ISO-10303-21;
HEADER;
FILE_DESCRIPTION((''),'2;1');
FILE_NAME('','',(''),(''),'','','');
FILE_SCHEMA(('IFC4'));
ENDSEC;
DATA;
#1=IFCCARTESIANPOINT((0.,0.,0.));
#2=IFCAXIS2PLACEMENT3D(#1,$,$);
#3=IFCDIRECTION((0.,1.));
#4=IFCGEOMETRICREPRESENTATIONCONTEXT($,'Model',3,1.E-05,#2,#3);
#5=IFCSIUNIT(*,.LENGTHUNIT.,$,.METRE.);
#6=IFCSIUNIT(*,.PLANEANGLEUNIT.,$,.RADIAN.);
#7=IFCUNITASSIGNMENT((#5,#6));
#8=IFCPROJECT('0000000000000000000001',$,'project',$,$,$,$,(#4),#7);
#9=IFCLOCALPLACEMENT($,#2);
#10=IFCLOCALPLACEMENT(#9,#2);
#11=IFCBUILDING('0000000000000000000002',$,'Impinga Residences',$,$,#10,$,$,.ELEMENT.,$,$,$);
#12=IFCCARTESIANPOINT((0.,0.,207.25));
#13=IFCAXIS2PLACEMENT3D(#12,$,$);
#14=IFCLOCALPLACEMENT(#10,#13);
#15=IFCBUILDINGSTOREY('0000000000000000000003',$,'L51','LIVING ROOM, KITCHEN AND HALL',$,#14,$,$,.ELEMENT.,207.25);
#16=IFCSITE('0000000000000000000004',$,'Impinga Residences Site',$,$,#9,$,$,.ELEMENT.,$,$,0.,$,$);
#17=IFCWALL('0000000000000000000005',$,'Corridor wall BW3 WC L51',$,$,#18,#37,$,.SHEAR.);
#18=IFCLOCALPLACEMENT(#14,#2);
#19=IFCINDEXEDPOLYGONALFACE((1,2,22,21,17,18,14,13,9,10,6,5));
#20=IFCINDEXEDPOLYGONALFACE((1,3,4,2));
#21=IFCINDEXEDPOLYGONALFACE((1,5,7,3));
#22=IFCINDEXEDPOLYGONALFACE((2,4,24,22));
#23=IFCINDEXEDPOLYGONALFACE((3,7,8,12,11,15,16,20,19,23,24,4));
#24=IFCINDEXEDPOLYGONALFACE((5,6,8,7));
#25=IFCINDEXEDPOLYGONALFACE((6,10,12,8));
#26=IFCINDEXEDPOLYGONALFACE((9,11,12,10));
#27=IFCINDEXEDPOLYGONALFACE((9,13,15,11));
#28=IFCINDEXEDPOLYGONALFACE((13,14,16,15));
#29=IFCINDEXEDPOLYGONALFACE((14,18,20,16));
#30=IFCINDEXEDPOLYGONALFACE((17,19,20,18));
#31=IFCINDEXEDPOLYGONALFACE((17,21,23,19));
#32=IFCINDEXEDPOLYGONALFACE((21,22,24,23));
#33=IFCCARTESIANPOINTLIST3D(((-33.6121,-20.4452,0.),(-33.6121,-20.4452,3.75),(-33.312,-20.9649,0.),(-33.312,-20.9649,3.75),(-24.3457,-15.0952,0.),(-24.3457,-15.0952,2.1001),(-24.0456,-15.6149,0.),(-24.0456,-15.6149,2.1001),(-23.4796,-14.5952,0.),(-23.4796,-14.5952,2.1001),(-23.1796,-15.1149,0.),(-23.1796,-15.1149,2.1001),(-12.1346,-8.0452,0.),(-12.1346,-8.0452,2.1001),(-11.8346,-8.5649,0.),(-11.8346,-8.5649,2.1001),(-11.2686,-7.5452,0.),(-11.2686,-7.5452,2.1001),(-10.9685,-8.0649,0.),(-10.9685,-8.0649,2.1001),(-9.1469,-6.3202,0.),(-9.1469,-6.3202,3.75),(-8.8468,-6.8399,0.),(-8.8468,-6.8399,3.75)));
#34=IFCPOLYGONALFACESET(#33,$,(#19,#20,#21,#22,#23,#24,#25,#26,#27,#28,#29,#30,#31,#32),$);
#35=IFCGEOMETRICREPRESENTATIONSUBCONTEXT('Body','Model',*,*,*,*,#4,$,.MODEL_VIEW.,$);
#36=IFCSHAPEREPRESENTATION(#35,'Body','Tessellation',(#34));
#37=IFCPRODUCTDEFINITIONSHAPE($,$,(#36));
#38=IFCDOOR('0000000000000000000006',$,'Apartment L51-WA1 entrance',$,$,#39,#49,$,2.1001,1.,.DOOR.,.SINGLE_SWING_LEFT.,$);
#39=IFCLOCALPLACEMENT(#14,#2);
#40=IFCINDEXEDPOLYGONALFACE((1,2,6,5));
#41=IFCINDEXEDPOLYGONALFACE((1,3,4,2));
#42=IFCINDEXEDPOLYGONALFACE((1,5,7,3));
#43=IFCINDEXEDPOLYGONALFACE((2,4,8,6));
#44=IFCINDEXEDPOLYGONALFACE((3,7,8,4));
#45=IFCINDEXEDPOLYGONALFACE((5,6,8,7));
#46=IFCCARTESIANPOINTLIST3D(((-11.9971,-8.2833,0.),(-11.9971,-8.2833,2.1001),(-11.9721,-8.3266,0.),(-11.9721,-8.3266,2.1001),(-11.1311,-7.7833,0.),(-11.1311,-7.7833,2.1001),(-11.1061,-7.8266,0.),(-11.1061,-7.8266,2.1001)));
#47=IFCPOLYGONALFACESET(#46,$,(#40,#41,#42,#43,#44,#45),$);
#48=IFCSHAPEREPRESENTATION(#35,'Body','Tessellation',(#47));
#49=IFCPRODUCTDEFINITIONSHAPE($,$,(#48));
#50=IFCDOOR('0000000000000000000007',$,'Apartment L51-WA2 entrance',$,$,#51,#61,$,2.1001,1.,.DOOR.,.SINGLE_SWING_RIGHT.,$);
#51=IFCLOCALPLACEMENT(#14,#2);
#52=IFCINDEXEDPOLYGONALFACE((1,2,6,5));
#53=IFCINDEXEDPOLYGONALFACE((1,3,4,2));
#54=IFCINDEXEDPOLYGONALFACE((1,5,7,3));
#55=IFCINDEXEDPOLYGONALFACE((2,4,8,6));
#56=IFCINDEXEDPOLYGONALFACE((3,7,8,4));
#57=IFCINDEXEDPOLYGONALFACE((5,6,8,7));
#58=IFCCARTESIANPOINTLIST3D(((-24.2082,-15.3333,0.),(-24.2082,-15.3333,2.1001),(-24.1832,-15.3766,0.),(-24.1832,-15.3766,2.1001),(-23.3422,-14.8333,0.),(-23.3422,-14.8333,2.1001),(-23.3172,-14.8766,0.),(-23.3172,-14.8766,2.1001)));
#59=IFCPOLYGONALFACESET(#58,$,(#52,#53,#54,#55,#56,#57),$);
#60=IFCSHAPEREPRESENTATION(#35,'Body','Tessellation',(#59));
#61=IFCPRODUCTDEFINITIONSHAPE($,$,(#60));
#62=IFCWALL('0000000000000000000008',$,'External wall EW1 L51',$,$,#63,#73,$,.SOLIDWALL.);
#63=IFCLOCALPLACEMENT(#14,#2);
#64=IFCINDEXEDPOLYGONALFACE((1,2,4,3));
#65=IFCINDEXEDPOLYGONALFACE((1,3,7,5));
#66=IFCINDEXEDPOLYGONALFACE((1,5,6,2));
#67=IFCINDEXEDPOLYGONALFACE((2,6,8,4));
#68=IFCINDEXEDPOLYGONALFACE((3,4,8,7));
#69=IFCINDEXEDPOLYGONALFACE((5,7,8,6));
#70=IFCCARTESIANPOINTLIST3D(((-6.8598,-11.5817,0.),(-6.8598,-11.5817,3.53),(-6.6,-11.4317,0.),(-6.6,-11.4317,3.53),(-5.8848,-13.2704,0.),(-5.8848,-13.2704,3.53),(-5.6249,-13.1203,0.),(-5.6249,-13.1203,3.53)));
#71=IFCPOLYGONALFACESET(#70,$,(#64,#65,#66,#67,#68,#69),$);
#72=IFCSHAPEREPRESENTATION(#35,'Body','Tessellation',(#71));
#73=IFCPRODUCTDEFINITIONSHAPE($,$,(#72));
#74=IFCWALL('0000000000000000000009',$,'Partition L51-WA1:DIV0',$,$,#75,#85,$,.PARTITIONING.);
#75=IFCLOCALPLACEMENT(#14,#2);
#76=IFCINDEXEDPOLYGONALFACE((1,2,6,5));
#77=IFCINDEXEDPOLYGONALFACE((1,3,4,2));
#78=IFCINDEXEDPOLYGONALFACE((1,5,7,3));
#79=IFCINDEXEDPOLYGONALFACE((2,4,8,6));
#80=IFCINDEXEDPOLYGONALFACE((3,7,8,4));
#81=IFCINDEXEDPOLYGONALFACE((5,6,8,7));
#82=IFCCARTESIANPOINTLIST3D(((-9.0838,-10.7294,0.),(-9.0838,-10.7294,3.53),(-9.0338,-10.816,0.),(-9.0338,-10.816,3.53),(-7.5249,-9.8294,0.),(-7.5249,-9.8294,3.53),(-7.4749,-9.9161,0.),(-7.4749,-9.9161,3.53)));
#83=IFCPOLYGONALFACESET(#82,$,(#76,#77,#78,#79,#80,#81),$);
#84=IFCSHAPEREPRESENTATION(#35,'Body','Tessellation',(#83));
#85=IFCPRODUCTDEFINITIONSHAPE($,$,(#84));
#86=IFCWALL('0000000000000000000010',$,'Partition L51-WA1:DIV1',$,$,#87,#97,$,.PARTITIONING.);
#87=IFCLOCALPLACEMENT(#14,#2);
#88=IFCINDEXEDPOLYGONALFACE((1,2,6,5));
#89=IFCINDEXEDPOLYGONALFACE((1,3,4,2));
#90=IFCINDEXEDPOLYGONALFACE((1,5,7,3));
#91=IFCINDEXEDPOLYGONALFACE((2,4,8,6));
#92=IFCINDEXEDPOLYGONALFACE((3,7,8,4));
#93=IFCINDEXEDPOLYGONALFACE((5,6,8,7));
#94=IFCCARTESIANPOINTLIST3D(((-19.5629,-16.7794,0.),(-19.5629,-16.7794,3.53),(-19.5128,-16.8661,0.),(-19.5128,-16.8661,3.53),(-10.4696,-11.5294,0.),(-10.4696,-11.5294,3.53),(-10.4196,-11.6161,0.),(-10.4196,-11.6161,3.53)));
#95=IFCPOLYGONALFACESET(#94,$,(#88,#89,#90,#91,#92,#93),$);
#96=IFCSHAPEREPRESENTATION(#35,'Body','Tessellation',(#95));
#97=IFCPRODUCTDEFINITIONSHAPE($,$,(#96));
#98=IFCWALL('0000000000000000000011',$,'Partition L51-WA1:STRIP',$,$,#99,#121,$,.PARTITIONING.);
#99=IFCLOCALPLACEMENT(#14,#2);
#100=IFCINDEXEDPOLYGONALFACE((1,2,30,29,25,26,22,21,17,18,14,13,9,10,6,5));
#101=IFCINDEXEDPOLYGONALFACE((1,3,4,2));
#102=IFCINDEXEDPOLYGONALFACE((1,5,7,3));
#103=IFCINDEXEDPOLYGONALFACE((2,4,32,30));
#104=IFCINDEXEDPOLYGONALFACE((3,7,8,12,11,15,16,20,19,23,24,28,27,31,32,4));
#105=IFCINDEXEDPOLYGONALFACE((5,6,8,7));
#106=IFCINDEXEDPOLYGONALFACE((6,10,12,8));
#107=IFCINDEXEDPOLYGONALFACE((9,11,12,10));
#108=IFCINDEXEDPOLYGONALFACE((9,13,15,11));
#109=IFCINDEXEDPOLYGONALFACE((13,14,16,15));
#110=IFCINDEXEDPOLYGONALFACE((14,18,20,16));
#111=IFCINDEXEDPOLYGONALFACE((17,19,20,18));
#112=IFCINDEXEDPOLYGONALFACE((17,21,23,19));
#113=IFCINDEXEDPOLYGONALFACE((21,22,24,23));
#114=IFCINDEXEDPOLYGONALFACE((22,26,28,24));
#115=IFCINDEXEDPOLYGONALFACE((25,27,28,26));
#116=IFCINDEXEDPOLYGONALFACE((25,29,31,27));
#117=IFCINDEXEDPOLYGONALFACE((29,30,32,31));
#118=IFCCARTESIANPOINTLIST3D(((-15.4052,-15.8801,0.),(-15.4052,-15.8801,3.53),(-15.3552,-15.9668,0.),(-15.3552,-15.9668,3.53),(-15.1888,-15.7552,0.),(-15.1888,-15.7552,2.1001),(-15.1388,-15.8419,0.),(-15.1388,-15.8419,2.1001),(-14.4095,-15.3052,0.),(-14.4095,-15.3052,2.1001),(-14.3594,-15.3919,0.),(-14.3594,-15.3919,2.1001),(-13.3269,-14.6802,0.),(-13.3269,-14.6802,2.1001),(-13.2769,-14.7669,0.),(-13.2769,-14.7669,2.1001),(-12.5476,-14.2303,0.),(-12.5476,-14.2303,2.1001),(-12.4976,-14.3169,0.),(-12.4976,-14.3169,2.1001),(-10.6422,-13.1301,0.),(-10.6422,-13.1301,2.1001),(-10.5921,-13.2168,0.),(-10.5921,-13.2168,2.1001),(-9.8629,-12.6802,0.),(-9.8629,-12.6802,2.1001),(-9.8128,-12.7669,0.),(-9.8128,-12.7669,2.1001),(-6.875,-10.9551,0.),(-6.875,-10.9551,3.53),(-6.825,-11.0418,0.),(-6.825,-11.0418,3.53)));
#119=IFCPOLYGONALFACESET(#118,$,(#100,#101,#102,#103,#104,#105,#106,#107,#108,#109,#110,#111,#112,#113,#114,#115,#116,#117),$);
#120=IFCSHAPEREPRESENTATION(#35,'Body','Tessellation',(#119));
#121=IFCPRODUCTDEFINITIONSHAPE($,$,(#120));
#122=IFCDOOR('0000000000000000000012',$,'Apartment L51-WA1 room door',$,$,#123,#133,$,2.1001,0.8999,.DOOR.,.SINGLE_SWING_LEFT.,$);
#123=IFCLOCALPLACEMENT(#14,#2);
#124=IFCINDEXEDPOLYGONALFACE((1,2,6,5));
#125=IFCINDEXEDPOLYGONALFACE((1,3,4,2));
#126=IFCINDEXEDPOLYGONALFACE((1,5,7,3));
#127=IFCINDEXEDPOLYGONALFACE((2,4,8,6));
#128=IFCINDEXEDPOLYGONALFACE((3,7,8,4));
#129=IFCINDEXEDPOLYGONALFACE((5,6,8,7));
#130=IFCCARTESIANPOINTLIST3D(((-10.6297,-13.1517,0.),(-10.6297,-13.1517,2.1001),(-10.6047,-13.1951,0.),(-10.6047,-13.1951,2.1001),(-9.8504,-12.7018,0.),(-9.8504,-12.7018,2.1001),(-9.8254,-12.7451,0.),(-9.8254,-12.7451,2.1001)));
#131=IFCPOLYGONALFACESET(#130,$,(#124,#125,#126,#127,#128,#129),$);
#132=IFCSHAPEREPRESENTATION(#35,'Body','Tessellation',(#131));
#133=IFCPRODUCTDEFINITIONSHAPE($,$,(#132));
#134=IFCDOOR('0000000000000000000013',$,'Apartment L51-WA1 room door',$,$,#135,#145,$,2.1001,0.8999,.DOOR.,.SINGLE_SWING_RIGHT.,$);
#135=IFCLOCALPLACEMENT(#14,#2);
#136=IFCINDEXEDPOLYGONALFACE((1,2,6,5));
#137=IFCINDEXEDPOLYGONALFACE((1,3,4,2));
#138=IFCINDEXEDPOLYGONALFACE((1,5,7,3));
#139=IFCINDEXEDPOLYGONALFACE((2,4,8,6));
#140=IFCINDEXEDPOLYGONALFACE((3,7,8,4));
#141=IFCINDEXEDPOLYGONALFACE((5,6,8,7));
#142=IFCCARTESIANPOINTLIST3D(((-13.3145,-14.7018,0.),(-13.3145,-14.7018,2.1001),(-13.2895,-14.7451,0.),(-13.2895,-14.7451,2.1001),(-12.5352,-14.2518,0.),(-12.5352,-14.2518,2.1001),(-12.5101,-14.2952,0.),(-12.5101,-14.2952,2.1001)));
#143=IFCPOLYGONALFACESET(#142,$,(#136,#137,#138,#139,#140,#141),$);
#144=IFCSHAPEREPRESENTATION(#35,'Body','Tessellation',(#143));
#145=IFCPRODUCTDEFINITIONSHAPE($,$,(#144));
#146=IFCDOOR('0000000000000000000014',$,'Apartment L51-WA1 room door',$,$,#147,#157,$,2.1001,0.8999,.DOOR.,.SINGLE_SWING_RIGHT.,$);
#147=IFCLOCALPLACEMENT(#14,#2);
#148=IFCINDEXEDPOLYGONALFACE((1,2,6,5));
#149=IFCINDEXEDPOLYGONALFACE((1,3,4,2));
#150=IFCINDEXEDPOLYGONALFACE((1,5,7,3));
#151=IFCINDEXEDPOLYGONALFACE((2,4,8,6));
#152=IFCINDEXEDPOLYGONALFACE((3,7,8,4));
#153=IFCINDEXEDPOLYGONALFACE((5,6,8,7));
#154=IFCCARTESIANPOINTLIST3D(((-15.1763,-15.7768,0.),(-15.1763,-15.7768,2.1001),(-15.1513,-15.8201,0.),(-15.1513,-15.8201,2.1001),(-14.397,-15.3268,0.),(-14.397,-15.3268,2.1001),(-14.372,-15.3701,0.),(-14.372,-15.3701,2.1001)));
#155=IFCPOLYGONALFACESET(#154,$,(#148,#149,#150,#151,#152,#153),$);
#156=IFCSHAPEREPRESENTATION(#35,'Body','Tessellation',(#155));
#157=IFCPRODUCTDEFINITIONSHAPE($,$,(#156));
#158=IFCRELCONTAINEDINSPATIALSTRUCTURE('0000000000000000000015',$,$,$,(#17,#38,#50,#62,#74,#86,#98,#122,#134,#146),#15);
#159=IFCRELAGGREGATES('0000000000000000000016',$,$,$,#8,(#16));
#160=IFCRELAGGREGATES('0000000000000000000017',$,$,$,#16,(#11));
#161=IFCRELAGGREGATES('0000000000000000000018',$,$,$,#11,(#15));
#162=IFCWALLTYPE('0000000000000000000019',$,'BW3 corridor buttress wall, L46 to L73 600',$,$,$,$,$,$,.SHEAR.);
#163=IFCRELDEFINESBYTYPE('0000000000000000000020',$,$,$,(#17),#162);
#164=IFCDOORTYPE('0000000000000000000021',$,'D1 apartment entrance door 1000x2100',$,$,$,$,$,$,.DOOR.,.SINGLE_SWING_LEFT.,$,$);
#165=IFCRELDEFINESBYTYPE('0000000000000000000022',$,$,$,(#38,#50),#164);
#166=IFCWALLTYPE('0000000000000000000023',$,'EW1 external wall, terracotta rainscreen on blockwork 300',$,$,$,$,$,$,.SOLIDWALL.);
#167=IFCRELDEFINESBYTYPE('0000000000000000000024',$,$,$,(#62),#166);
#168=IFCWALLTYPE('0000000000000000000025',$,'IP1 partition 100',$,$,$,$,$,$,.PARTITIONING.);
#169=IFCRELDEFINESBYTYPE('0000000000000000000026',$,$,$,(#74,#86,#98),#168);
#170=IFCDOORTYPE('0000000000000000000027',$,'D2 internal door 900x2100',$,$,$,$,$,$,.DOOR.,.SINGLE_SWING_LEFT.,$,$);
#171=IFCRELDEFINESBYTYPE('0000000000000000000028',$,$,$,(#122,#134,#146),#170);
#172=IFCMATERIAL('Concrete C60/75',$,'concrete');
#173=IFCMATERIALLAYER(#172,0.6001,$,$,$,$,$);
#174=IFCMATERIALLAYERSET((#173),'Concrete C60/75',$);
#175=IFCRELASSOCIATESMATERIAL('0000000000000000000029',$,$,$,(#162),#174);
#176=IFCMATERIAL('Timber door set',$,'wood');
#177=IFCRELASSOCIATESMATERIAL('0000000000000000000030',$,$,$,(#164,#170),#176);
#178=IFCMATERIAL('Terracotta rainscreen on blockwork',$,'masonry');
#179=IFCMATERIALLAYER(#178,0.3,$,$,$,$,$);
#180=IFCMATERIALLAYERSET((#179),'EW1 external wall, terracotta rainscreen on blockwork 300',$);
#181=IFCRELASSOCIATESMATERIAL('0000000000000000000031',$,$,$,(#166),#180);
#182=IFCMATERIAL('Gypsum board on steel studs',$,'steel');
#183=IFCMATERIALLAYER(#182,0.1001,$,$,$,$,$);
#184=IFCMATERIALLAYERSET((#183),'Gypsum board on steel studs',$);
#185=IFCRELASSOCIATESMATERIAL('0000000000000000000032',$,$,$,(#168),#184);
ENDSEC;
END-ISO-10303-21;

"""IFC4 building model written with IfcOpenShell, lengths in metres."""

from ifc_helpers import new_model, si_unit, direction, frame, frame_2d, origin, place, context, subcontext, project, spatial, rectangle, extrude, material, layer, layer_set, type_object, element, fill, save


model = new_model("IFC4")

# Units and contexts
model_context = context("Model", 3, precision=1e-05, world=origin(), true_north=direction((0.0, 1.0)))
body_context = subcontext(model_context, "Body", "Model", "MODEL_VIEW")
ifc_project = project(units=[si_unit("LENGTHUNIT", "METRE"), si_unit("PLANEANGLEUNIT", "RADIAN")], contexts=[model_context])

# Site, building, storey
site_placement = place(None, origin())
site = spatial("IfcSite", under=ifc_project, at=site_placement, Name="Impinga Residences Site", CompositionType="ELEMENT", RefElevation=0.0)
building_placement = place(site_placement, origin())
building = spatial("IfcBuilding", under=site, at=building_placement, Name="Impinga Residences", CompositionType="ELEMENT")
storey_placement = place(building_placement, frame((0.0, 0.0, 207.25)))
storey = spatial("IfcBuildingStorey", under=building, at=storey_placement, Name="L51", Description="LIVING ROOM, KITCHEN AND HALL", CompositionType="ELEMENT", Elevation=207.25)

# Wall, openings, doors
ifc_material_1 = material(Name="Concrete C60/75", Category="concrete")
ifc_layer_1 = layer(ifc_material_1, 0.6001)
ifc_layer_set_1 = layer_set([ifc_layer_1], Name="Concrete C60/75")
wall_type_1 = type_object("IfcWallType", Name="BW3 corridor buttress wall, L46 to L73 600", PredefinedType="SHEAR", material=ifc_layer_set_1)
wall_1_placement = place(storey_placement, frame((-8.9968, -6.5801, 0.0), z_axis=(0.0, 0.0, 1.0), x_axis=(-0.866026, -0.499998, 0.0)))
wall_1 = element("IfcWall", 1, at=wall_1_placement, inside=storey, type_object=wall_type_1, Name="Corridor wall BW3 WC L51", PredefinedType="SHEAR", context=body_context, shape_type="SweptSolid", body=[
    extrude(rectangle(XDim=28.25, YDim=0.6001, at=frame_2d((14.125, 0.0))), origin(), (0.0, 0.0, 1.0), 3.75),
])
opening_1_placement = place(wall_1_placement, frame((2.45, 0.0, 0.0)))
opening_1 = element("IfcOpeningElement", 2, at=opening_1_placement, cuts=wall_1, PredefinedType="OPENING", context=body_context, shape_type="SweptSolid", body=[
    extrude(rectangle(XDim=1.0, YDim=2.1001, at=frame_2d((0.5, 1.05))), frame((0.0, 0.3101, 0.0), z_axis=(0.0, -1.0, 0.0), x_axis=(1.0, 0.0, 0.0)), (0.0, 0.0, 1.0), 0.6201),
])
opening_2_placement = place(wall_1_placement, frame((16.55, 0.0, 0.0)))
opening_2 = element("IfcOpeningElement", 3, at=opening_2_placement, cuts=wall_1, PredefinedType="OPENING", context=body_context, shape_type="SweptSolid", body=[
    extrude(rectangle(XDim=1.0, YDim=2.1001, at=frame_2d((0.5, 1.05))), frame((0.0, 0.3101, 0.0), z_axis=(0.0, -1.0, 0.0), x_axis=(1.0, 0.0, 0.0)), (0.0, 0.0, 1.0), 0.6201),
])
ifc_material_2 = material(Name="Timber door set", Category="wood")
door_type_1 = type_object("IfcDoorType", Name="D1 apartment entrance door 1000x2100", OperationType="SINGLE_SWING_LEFT", PredefinedType="DOOR", material=ifc_material_2)
door_1_placement = place(opening_1_placement, origin())
door_1 = element("IfcDoor", 4, at=door_1_placement, inside=storey, type_object=door_type_1, Name="Apartment L51-WA1 entrance", OperationType="SINGLE_SWING_LEFT", OverallHeight=2.1001, OverallWidth=1.0, PredefinedType="DOOR", context=body_context, shape_type="SweptSolid", body=[
    extrude(rectangle(XDim=1.0, YDim=2.1001, at=frame_2d((0.5, 1.05))), frame((0.0, 0.0249, 0.0), z_axis=(0.0, -1.0, 0.0), x_axis=(1.0, 0.0, 0.0)), (0.0, 0.0, 1.0), 0.05),
])
fill(opening_1, door_1)
door_2_placement = place(opening_2_placement, origin())
door_2 = element("IfcDoor", 5, at=door_2_placement, inside=storey, type_object=door_type_1, Name="Apartment L51-WA2 entrance", OperationType="SINGLE_SWING_RIGHT", OverallHeight=2.1001, OverallWidth=1.0, PredefinedType="DOOR", context=body_context, shape_type="SweptSolid", body=[
    extrude(rectangle(XDim=1.0, YDim=2.1001, at=frame_2d((0.5, 1.05))), frame((0.0, 0.0249, 0.0), z_axis=(0.0, -1.0, 0.0), x_axis=(1.0, 0.0, 0.0)), (0.0, 0.0, 1.0), 0.05),
])
fill(opening_2, door_2)

# Walls
ifc_material_3 = material(Name="Terracotta rainscreen on blockwork", Category="masonry")
ifc_layer_2 = layer(ifc_material_3, 0.3)
ifc_layer_set_2 = layer_set([ifc_layer_2], Name="EW1 external wall, terracotta rainscreen on blockwork 300")
wall_type_2 = type_object("IfcWallType", Name="EW1 external wall, terracotta rainscreen on blockwork 300", PredefinedType="SOLIDWALL", material=ifc_layer_set_2)
wall_2_placement = place(storey_placement, frame((-6.73, -11.5066, 0.0), z_axis=(0.0, 0.0, 1.0), x_axis=(0.500044, -0.866, 0.0)))
element("IfcWall", 6, at=wall_2_placement, inside=storey, type_object=wall_type_2, Name="External wall EW1 L51", PredefinedType="SOLIDWALL", context=body_context, shape_type="SweptSolid", body=[
    extrude(rectangle(XDim=1.95, YDim=0.3, at=frame_2d((0.9751, 0.0))), origin(), (0.0, 0.0, 1.0), 3.53),
])
ifc_material_4 = material(Name="Gypsum board on steel studs", Category="steel")
ifc_layer_3 = layer(ifc_material_4, 0.1001)
ifc_layer_set_3 = layer_set([ifc_layer_3], Name="Gypsum board on steel studs")
wall_type_3 = type_object("IfcWallType", Name="IP1 partition 100", PredefinedType="PARTITIONING", material=ifc_layer_set_3)
wall_3_placement = place(storey_placement, frame((-7.5, -9.8728, 0.0), z_axis=(0.0, 0.0, 1.0), x_axis=(-0.866048, -0.499961, 0.0)))
element("IfcWall", 7, at=wall_3_placement, inside=storey, type_object=wall_type_3, Name="Partition L51-WA1:DIV0", PredefinedType="PARTITIONING", context=body_context, shape_type="SweptSolid", body=[
    extrude(rectangle(XDim=1.8, YDim=0.1001, at=frame_2d((0.8999, 0.0))), origin(), (0.0, 0.0, 1.0), 3.53),
])
wall_4_placement = place(storey_placement, frame((-10.4446, -11.5728, 0.0), z_axis=(0.0, 0.0, 1.0), x_axis=(-0.866025, -0.5, 0.0)))
element("IfcWall", 8, at=wall_4_placement, inside=storey, type_object=wall_type_3, Name="Partition L51-WA1:DIV1", PredefinedType="PARTITIONING", context=body_context, shape_type="SweptSolid", body=[
    extrude(rectangle(XDim=10.5, YDim=0.1001, at=frame_2d((5.25, 0.0))), origin(), (0.0, 0.0, 1.0), 3.53),
])

# Wall, openings, doors
wall_5_placement = place(storey_placement, frame((-6.8501, -10.9985, 0.0), z_axis=(0.0, 0.0, 1.0), x_axis=(-0.866021, -0.500007, 0.0)))
wall_5 = element("IfcWall", 9, at=wall_5_placement, inside=storey, type_object=wall_type_3, Name="Partition L51-WA1:STRIP", PredefinedType="PARTITIONING", context=body_context, shape_type="SweptSolid", body=[
    extrude(rectangle(XDim=9.8499, YDim=0.1001, at=frame_2d((4.9248, 0.0))), origin(), (0.0, 0.0, 1.0), 3.53),
])
opening_3_placement = place(wall_5_placement, frame((3.45, 0.0, 0.0)))
opening_3 = element("IfcOpeningElement", 10, at=opening_3_placement, cuts=wall_5, PredefinedType="OPENING", context=body_context, shape_type="SweptSolid", body=[
    extrude(rectangle(XDim=0.8999, YDim=2.1001, at=frame_2d((0.45, 1.05))), frame((0.0, 0.0601, 0.0), z_axis=(0.0, -1.0, 0.0), x_axis=(1.0, 0.0, 0.0)), (0.0, 0.0, 1.0), 0.1201),
])
opening_4_placement = place(wall_5_placement, frame((6.55, 0.0, 0.0)))
opening_4 = element("IfcOpeningElement", 11, at=opening_4_placement, cuts=wall_5, PredefinedType="OPENING", context=body_context, shape_type="SweptSolid", body=[
    extrude(rectangle(XDim=0.8999, YDim=2.1001, at=frame_2d((0.45, 1.05))), frame((0.0, 0.0601, 0.0), z_axis=(0.0, -1.0, 0.0), x_axis=(1.0, 0.0, 0.0)), (0.0, 0.0, 1.0), 0.1201),
])
opening_5_placement = place(wall_5_placement, frame((8.7, 0.0, 0.0)))
opening_5 = element("IfcOpeningElement", 12, at=opening_5_placement, cuts=wall_5, PredefinedType="OPENING", context=body_context, shape_type="SweptSolid", body=[
    extrude(rectangle(XDim=0.8999, YDim=2.1001, at=frame_2d((0.45, 1.05))), frame((0.0, 0.0601, 0.0), z_axis=(0.0, -1.0, 0.0), x_axis=(1.0, 0.0, 0.0)), (0.0, 0.0, 1.0), 0.1201),
])
door_type_2 = type_object("IfcDoorType", Name="D2 internal door 900x2100", OperationType="SINGLE_SWING_LEFT", PredefinedType="DOOR", material=ifc_material_2)
door_3_placement = place(opening_3_placement, origin())
door_3 = element("IfcDoor", 13, at=door_3_placement, inside=storey, type_object=door_type_2, Name="Apartment L51-WA1 room door", OperationType="SINGLE_SWING_LEFT", OverallHeight=2.1001, OverallWidth=0.8999, PredefinedType="DOOR", context=body_context, shape_type="SweptSolid", body=[
    extrude(rectangle(XDim=0.8999, YDim=2.1001, at=frame_2d((0.45, 1.05))), frame((0.0, 0.0249, 0.0), z_axis=(0.0, -1.0, 0.0), x_axis=(1.0, 0.0, 0.0)), (0.0, 0.0, 1.0), 0.05),
])
fill(opening_3, door_3)
door_4_placement = place(opening_4_placement, origin())
door_4 = element("IfcDoor", 14, at=door_4_placement, inside=storey, type_object=door_type_2, Name="Apartment L51-WA1 room door", OperationType="SINGLE_SWING_RIGHT", OverallHeight=2.1001, OverallWidth=0.8999, PredefinedType="DOOR", context=body_context, shape_type="SweptSolid", body=[
    extrude(rectangle(XDim=0.8999, YDim=2.1001, at=frame_2d((0.45, 1.05))), frame((0.0, 0.0249, 0.0), z_axis=(0.0, -1.0, 0.0), x_axis=(1.0, 0.0, 0.0)), (0.0, 0.0, 1.0), 0.05),
])
fill(opening_4, door_4)
door_5_placement = place(opening_5_placement, origin())
door_5 = element("IfcDoor", 15, at=door_5_placement, inside=storey, type_object=door_type_2, Name="Apartment L51-WA1 room door", OperationType="SINGLE_SWING_RIGHT", OverallHeight=2.1001, OverallWidth=0.8999, PredefinedType="DOOR", context=body_context, shape_type="SweptSolid", body=[
    extrude(rectangle(XDim=0.8999, YDim=2.1001, at=frame_2d((0.45, 1.05))), frame((0.0, 0.0249, 0.0), z_axis=(0.0, -1.0, 0.0), x_axis=(1.0, 0.0, 0.0)), (0.0, 0.0, 1.0), 0.05),
])
fill(opening_5, door_5)

save(model, "model.ifc")
